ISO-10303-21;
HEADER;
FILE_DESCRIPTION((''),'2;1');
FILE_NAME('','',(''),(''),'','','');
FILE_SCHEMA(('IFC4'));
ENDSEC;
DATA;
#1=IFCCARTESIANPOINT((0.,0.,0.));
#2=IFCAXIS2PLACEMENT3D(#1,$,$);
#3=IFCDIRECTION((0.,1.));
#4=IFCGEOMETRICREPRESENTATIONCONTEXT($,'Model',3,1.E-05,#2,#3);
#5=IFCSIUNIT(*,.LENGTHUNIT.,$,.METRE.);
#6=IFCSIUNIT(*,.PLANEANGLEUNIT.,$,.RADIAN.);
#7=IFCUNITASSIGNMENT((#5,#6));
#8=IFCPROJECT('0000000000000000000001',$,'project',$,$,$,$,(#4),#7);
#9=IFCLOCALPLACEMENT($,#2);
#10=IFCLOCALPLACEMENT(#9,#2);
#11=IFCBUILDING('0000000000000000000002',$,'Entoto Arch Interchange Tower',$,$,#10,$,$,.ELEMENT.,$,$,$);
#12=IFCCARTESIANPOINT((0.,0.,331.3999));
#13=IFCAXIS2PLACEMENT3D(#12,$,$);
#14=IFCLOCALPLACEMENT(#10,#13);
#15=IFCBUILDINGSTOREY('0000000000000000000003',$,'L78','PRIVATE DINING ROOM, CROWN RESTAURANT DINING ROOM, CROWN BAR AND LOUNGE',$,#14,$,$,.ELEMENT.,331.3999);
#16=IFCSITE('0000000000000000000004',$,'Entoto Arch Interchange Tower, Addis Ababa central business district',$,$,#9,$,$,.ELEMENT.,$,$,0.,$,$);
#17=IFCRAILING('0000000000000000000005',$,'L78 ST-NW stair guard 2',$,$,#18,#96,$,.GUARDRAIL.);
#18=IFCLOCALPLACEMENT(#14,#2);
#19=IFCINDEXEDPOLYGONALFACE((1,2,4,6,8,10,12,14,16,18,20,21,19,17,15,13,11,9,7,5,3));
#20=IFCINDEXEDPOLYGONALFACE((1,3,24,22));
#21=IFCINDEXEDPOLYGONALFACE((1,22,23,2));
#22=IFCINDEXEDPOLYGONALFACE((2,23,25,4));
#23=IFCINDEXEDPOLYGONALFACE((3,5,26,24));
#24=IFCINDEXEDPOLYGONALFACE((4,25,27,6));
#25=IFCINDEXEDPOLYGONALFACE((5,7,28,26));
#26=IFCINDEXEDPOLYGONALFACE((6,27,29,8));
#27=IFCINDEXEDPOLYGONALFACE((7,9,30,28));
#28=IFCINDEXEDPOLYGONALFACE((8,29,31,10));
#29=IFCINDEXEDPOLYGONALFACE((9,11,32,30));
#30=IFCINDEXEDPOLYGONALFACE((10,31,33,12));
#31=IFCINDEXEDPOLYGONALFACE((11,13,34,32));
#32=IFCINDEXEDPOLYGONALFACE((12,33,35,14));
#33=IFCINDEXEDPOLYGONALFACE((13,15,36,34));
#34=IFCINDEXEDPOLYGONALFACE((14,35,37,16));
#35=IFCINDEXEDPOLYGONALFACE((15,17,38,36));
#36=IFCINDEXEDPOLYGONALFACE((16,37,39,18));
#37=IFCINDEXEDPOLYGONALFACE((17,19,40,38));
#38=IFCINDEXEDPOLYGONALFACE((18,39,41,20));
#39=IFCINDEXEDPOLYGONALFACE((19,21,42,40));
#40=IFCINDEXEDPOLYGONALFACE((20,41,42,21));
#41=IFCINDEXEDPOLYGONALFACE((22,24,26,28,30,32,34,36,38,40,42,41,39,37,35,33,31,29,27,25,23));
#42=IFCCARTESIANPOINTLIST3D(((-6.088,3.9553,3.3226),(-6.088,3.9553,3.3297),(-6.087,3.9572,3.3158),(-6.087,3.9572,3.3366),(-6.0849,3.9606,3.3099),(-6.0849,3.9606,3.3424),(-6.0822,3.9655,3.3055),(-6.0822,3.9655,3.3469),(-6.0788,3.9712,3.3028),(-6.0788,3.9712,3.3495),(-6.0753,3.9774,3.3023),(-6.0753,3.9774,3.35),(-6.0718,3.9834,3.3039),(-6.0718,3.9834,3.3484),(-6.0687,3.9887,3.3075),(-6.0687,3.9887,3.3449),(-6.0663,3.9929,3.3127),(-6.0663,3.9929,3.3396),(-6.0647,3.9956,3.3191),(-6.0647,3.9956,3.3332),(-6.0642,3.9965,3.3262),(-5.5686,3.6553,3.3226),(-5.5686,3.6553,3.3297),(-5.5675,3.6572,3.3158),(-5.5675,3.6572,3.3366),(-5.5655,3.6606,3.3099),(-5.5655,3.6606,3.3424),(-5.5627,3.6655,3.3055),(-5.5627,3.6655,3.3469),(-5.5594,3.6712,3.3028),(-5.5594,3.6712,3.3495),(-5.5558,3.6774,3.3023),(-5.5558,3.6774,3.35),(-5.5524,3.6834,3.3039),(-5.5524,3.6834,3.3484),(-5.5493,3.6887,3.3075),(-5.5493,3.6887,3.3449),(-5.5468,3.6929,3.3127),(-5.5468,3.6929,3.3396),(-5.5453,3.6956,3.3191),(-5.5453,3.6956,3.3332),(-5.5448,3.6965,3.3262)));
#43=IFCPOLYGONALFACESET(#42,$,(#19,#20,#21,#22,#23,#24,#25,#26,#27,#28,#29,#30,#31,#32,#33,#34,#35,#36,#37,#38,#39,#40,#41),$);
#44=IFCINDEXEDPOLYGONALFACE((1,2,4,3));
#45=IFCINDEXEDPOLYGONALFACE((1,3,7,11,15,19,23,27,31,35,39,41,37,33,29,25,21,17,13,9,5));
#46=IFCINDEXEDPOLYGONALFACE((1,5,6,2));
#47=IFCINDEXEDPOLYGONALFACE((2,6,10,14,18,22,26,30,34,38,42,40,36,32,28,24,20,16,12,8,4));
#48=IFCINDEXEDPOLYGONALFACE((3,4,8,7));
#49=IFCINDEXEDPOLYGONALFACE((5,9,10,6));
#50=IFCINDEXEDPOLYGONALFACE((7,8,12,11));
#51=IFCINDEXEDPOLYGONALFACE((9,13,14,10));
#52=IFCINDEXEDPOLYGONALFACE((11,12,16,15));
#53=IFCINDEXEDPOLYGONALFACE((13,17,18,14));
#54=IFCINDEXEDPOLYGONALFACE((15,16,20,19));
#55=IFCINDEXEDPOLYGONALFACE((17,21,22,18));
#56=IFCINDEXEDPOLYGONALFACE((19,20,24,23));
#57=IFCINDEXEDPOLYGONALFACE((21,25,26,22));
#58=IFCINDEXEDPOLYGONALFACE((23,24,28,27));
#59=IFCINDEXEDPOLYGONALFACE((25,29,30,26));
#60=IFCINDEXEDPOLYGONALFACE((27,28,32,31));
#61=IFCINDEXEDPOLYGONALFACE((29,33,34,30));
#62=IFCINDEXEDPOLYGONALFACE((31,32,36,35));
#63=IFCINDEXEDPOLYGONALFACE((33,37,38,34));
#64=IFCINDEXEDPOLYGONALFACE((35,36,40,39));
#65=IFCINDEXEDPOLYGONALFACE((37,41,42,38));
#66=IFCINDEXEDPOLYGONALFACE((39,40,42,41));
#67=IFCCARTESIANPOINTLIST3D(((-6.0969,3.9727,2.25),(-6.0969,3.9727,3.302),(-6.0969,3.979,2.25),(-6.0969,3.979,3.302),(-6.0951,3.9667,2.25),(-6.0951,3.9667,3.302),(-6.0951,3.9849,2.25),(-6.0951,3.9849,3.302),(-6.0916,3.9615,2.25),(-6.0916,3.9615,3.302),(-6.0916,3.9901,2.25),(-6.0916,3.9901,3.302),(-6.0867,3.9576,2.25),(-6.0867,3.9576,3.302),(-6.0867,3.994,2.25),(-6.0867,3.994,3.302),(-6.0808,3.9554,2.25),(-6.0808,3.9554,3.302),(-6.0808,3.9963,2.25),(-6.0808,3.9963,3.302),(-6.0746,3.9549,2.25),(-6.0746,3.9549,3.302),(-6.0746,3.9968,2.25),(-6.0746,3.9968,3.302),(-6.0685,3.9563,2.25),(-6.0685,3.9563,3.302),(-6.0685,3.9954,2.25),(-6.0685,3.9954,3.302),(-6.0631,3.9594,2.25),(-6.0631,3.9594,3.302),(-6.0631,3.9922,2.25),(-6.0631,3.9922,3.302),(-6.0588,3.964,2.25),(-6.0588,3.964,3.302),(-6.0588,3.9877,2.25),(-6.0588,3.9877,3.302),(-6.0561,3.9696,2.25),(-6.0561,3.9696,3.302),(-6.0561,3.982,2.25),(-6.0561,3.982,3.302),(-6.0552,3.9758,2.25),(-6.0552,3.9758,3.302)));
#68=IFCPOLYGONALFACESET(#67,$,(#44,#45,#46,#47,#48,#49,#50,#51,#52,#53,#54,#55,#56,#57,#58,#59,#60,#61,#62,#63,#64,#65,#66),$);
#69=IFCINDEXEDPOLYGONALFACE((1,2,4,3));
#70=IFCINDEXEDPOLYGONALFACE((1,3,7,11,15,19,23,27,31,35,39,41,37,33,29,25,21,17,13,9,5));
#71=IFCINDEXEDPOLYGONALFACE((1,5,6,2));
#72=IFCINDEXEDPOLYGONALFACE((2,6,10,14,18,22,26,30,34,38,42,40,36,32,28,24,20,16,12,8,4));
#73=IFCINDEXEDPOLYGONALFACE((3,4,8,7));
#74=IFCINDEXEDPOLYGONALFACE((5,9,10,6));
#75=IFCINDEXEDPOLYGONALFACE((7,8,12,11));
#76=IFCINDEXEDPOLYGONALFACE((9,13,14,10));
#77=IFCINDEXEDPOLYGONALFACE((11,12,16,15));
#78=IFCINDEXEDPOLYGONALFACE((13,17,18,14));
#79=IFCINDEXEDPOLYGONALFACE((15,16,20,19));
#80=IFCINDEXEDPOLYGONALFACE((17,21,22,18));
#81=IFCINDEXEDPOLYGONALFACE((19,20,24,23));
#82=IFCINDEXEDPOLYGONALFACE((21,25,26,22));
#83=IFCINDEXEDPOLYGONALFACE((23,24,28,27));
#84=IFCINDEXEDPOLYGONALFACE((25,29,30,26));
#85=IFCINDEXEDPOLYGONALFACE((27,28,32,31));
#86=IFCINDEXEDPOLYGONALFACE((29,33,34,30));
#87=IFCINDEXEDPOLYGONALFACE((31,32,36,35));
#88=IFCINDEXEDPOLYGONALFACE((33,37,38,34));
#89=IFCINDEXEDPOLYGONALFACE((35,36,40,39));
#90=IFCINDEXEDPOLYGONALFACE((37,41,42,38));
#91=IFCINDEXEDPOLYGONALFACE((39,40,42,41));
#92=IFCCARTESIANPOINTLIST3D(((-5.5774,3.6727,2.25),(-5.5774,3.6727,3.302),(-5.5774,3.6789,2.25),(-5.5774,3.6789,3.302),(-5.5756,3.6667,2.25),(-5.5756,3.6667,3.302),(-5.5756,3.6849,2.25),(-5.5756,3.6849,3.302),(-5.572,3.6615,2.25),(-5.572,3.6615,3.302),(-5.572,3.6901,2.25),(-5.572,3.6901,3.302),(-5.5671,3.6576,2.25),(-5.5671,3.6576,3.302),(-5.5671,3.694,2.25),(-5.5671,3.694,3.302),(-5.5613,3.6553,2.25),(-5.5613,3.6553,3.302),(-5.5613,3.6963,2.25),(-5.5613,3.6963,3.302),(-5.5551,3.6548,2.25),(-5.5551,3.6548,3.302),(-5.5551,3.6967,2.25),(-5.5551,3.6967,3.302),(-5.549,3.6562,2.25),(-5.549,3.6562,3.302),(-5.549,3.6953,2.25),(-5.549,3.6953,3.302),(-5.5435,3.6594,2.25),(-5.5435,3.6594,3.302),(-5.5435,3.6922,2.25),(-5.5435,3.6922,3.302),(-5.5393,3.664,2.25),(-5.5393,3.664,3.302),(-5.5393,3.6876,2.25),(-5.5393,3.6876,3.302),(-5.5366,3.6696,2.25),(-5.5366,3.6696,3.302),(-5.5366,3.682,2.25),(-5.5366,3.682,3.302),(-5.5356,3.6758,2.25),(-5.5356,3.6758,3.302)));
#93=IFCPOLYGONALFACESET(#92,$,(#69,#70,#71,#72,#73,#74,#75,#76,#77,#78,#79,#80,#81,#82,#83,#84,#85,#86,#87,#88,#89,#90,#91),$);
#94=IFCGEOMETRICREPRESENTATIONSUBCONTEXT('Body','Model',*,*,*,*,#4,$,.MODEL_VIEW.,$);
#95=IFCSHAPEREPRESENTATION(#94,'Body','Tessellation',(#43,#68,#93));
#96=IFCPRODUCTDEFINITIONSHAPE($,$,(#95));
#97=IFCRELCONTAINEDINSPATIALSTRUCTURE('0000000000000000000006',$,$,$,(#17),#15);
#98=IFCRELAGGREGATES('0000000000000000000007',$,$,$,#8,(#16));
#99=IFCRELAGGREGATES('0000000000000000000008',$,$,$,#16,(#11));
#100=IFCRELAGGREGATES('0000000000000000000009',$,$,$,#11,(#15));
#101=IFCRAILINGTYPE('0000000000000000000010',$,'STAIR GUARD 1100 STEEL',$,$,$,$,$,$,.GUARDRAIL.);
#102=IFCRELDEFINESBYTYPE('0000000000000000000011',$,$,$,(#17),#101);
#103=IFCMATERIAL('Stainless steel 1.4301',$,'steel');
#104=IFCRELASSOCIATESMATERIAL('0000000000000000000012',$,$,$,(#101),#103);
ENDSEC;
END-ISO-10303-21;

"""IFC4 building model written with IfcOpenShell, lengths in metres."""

from ifc_helpers import new_model, si_unit, direction, frame, origin, origin_2d, place, context, subcontext, project, spatial, circle, extrude, material, type_object, element, save


model = new_model("IFC4")

# Units and contexts
model_context = context("Model", 3, precision=1e-05, world=origin(), true_north=direction((0.0, 1.0)))
body_context = subcontext(model_context, "Body", "Model", "MODEL_VIEW")
ifc_project = project(units=[si_unit("LENGTHUNIT", "METRE"), si_unit("PLANEANGLEUNIT", "RADIAN")], contexts=[model_context])

# Site, building, storey
site_placement = place(None, origin())
site = spatial("IfcSite", under=ifc_project, at=site_placement, Name="Entoto Arch Interchange Tower, Addis Ababa central business district", CompositionType="ELEMENT", RefElevation=0.0)
building_placement = place(site_placement, origin())
building = spatial("IfcBuilding", under=site, at=building_placement, Name="Entoto Arch Interchange Tower", CompositionType="ELEMENT")
storey_placement = place(building_placement, frame((0.0, 0.0, 331.3999)))
storey = spatial("IfcBuildingStorey", under=building, at=storey_placement, Name="L78", Description="PRIVATE DINING ROOM, CROWN RESTAURANT DINING ROOM, CROWN BAR AND LOUNGE", CompositionType="ELEMENT", Elevation=331.3999)

# Railing
ifc_material_1 = material(Name="Stainless steel 1.4301", Category="steel")
railing_type_1 = type_object("IfcRailingType", Name="STAIR GUARD 1100 STEEL", PredefinedType="GUARDRAIL", material=ifc_material_1)
railing_1_placement = place(storey_placement, frame((-6.0762, 3.9758, 2.25)))
element("IfcRailing", 1, at=railing_1_placement, inside=storey, type_object=railing_type_1, Name="L78 ST-NW stair guard 2", PredefinedType="GUARDRAIL", context=body_context, shape_type="SweptSolid", body=[
    extrude(circle(Radius=0.0239, at=origin_2d()), frame((0.0, 0.0, 1.0762), z_axis=(0.865955, -0.500122, 0.0), x_axis=(0.500122, 0.865955, 0.0)), (0.0, 0.0, 1.0), 0.5999),
    extrude(circle(Radius=0.021, at=origin_2d()), origin(), (0.0, 0.0, 1.0), 1.052),
    extrude(circle(Radius=0.021, at=origin_2d()), frame((0.5195, -0.3, 0.0)), (0.0, 0.0, 1.0), 1.052),
])

save(model, "model.ifc")
